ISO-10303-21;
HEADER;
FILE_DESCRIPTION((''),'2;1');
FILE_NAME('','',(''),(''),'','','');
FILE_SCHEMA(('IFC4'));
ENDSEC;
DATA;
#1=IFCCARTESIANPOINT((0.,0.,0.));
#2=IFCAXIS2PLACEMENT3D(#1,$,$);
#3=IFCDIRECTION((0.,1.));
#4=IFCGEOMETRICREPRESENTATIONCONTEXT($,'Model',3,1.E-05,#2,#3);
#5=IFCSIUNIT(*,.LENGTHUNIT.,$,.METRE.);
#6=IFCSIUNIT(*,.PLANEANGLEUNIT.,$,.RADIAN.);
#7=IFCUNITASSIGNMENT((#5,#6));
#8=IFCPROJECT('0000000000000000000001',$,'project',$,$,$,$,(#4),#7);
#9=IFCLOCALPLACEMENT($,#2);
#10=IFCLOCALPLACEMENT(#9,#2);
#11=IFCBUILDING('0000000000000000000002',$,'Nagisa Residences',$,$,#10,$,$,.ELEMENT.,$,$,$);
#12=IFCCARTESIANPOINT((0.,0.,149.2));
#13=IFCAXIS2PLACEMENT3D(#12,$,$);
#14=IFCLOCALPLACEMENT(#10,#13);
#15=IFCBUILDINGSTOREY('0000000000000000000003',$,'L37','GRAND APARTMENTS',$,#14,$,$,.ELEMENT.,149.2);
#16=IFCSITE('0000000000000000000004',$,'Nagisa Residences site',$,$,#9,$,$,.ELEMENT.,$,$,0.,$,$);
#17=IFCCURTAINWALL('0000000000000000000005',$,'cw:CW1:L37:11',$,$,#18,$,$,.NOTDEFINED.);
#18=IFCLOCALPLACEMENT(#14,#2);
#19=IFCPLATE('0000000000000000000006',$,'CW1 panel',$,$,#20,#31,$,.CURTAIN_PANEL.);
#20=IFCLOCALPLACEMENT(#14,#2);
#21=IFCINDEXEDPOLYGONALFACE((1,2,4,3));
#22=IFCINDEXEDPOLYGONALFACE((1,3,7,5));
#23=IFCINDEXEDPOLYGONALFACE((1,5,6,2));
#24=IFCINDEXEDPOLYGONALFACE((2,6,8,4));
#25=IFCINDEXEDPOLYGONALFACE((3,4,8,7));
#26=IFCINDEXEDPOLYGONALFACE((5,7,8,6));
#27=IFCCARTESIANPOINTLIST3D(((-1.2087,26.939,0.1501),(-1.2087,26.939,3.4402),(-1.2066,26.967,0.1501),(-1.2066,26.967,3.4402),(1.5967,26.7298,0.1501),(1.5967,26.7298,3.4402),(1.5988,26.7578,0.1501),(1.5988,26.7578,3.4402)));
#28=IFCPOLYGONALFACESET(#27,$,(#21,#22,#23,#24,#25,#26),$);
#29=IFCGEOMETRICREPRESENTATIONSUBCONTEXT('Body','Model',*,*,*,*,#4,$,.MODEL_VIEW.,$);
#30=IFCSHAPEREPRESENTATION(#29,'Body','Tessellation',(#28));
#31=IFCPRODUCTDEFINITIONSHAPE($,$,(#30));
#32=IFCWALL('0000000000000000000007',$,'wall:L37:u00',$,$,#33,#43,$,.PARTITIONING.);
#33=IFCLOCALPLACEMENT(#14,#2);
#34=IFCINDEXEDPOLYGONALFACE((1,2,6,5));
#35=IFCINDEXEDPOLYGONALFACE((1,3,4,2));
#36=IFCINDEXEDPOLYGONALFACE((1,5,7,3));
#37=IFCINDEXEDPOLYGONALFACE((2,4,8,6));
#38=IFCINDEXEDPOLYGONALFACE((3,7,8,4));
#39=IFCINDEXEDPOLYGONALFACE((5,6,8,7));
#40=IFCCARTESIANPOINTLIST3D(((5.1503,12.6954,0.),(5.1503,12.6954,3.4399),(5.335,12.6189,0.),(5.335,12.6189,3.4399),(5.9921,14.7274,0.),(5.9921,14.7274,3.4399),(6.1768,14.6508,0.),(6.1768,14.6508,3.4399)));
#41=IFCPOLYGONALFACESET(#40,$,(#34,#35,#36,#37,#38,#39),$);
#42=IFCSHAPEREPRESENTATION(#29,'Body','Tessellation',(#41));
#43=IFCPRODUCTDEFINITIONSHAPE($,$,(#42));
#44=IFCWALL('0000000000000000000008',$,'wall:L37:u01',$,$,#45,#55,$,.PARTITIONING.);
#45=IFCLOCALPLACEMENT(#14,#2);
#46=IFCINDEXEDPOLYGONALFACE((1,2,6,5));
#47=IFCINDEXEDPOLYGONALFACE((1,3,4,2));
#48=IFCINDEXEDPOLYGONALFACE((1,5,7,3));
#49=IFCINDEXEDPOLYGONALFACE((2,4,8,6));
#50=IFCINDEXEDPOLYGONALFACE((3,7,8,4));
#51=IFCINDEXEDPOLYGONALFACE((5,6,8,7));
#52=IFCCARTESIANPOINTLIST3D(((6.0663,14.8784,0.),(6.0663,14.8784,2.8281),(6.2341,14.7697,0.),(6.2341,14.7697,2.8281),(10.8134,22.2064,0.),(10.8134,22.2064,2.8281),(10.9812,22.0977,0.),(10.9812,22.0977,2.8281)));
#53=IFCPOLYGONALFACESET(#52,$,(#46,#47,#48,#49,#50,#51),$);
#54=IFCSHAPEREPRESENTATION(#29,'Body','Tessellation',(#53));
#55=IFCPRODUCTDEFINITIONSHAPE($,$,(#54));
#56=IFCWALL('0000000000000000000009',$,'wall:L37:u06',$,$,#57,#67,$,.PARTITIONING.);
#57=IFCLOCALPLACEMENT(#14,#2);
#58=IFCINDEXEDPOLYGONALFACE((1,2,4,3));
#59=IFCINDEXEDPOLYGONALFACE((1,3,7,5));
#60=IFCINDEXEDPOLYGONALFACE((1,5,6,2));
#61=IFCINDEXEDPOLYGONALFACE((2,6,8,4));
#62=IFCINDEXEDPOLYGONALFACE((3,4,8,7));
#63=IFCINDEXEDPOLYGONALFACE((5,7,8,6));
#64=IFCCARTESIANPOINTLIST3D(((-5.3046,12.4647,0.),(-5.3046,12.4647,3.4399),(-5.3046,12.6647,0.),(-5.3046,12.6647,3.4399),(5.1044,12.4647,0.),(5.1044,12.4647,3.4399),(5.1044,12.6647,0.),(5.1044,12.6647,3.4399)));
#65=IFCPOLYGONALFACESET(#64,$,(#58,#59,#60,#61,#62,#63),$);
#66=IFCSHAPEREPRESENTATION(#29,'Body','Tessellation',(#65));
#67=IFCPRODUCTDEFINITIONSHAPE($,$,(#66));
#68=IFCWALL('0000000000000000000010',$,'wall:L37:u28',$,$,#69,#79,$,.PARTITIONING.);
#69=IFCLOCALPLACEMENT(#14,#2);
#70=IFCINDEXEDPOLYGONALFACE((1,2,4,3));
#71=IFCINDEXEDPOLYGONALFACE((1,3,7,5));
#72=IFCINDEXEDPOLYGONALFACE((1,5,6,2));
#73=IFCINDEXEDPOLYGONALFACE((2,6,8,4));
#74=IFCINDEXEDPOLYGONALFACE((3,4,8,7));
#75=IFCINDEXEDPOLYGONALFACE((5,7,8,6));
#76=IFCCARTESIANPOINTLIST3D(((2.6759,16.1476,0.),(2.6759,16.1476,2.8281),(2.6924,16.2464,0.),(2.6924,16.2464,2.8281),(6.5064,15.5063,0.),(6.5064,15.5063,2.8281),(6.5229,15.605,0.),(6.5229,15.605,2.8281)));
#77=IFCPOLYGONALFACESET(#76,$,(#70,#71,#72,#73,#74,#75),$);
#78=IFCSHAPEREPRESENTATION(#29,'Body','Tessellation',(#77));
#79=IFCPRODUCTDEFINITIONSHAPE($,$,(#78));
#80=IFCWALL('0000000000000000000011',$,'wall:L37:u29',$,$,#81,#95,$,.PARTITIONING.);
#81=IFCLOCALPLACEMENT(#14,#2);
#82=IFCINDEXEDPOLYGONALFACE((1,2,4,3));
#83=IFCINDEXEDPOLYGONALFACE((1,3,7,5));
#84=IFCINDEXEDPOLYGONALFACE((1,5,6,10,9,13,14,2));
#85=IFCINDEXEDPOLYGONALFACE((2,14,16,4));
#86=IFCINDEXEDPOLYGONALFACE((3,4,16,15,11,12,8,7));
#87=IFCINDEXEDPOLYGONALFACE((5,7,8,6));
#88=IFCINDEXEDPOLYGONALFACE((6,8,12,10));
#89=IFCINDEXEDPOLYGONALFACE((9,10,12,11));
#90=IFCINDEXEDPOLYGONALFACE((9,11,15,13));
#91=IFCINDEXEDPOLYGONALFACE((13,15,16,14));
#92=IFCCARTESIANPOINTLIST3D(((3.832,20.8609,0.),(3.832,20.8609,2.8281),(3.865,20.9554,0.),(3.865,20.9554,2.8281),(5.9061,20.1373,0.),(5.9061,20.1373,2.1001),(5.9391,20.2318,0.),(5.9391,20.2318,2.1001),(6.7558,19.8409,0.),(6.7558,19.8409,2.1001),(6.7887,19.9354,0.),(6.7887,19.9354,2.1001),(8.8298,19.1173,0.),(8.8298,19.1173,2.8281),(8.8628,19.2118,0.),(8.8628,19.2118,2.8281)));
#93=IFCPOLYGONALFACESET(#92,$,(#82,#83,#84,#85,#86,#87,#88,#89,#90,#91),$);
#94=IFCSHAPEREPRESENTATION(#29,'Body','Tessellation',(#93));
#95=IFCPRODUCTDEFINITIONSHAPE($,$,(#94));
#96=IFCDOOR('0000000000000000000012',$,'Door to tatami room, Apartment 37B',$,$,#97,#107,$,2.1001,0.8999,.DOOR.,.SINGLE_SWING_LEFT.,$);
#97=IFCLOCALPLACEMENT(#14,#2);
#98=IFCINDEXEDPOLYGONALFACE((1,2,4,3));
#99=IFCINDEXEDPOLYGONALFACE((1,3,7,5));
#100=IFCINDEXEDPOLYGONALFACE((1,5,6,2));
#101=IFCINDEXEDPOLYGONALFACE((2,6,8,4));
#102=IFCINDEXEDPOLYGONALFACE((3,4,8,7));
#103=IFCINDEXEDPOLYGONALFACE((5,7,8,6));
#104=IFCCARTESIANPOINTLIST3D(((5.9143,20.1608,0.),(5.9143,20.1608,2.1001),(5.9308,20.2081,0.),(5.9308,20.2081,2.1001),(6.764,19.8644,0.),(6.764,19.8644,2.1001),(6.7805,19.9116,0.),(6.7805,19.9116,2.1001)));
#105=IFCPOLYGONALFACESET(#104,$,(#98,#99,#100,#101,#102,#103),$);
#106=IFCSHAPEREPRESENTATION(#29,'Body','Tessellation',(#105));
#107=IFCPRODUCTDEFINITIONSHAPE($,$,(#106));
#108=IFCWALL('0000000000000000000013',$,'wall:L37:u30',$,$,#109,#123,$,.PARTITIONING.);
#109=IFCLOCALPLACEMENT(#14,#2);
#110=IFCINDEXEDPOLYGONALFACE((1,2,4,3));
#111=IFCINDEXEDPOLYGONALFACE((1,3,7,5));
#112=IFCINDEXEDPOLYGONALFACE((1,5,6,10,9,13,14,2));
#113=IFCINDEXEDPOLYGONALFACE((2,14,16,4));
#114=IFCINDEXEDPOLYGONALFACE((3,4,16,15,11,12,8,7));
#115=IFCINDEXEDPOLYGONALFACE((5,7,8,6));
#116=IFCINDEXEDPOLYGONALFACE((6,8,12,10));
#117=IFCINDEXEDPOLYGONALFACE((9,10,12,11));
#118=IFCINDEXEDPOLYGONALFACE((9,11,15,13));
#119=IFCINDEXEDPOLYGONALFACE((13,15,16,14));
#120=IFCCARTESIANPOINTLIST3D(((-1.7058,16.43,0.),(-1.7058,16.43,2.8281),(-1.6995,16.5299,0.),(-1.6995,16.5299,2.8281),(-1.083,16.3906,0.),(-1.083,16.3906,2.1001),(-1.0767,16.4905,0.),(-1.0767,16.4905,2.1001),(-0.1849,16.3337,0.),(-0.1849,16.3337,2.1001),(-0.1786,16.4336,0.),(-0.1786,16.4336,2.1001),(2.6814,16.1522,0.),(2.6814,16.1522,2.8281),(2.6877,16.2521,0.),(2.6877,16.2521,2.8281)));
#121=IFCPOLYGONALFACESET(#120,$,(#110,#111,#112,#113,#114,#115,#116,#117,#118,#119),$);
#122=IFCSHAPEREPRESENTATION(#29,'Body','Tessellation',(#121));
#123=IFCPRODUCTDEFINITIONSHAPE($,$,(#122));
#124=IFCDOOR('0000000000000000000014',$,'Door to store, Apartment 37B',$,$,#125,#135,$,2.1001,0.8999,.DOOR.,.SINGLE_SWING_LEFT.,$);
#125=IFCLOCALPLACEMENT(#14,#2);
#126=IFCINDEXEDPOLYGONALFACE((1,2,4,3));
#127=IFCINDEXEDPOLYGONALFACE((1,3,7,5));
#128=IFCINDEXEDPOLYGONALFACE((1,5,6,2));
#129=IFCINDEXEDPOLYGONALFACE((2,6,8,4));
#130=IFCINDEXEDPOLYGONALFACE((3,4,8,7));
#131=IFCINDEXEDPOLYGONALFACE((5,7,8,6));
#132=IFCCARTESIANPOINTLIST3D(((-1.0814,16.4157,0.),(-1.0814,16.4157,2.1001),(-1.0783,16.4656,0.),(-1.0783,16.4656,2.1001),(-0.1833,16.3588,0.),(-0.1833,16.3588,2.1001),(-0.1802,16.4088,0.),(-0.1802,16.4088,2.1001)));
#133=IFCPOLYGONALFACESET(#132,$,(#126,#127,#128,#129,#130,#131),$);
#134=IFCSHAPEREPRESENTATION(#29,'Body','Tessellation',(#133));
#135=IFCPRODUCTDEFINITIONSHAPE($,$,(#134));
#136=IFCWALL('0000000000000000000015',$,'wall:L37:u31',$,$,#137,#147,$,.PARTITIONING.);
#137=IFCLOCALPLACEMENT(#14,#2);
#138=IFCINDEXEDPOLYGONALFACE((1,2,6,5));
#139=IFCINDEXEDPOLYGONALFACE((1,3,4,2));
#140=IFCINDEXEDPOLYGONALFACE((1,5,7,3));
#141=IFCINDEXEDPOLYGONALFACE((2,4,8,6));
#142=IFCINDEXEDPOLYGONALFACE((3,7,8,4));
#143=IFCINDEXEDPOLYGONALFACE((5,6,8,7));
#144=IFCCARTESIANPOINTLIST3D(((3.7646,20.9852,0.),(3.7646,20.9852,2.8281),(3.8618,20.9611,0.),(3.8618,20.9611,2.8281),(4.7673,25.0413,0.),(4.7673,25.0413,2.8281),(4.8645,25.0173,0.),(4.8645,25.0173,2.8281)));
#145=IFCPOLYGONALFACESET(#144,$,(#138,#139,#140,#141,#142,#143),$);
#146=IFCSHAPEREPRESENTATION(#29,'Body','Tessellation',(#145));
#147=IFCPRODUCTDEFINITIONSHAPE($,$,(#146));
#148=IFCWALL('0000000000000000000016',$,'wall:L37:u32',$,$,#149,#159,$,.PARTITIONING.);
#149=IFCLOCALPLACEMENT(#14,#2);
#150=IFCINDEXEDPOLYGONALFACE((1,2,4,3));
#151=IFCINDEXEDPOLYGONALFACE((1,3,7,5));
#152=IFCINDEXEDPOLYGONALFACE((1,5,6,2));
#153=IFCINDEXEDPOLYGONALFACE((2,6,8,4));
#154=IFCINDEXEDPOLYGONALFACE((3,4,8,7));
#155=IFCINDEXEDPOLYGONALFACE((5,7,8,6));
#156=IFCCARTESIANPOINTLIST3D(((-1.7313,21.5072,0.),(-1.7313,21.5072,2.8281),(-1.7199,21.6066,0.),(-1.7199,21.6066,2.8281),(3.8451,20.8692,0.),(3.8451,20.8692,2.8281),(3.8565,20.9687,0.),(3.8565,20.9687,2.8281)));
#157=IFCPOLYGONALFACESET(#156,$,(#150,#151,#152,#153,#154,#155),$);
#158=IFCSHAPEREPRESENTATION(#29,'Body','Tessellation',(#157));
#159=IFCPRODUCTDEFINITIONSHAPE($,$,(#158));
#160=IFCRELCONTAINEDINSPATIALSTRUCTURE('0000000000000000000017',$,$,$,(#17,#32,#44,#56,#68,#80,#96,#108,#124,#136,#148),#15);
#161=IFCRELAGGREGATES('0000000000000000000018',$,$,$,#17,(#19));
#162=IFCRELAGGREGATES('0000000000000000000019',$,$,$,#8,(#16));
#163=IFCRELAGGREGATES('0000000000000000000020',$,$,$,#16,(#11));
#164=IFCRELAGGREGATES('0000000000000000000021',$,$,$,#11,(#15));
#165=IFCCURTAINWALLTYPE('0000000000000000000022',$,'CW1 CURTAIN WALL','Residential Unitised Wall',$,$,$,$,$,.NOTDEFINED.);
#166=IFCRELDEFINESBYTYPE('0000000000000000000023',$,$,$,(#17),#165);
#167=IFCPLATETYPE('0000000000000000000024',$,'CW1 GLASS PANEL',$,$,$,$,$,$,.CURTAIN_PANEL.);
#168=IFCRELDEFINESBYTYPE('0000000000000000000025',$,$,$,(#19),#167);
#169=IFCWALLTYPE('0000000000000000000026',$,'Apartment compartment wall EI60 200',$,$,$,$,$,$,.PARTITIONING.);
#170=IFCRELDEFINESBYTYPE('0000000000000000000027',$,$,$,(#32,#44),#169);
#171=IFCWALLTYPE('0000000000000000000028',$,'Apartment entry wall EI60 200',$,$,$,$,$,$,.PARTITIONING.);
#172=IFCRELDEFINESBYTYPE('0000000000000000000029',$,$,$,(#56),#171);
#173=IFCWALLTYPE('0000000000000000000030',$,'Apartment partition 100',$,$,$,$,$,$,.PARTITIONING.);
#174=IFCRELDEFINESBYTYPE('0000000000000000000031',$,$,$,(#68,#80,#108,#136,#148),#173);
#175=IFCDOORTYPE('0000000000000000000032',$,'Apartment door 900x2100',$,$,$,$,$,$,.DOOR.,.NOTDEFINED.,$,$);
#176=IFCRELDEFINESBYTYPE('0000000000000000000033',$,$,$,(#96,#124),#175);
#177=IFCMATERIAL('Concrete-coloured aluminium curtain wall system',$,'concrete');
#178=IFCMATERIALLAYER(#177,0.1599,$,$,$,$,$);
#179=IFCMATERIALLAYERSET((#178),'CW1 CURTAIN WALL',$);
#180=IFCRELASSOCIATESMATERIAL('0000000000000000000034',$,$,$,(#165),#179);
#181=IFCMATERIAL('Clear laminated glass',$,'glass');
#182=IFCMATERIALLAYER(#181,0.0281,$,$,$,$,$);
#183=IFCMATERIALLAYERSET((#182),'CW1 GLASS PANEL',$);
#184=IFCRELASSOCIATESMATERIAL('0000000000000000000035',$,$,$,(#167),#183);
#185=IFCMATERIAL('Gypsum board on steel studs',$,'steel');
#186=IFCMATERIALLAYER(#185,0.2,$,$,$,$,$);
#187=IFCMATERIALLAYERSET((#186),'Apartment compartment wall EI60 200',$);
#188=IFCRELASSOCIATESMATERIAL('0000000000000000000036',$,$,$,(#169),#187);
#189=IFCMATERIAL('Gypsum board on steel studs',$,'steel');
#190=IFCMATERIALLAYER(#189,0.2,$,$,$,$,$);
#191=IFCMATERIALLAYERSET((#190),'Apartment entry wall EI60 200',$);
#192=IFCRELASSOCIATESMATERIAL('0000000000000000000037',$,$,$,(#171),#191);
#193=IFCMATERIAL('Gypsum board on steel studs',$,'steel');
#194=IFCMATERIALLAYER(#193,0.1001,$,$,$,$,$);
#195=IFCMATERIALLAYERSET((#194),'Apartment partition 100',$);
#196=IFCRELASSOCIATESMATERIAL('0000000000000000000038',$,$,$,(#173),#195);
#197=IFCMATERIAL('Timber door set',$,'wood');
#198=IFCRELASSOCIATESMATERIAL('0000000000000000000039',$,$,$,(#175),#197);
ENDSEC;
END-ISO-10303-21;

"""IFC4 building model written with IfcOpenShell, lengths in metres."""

from ifc_helpers import new_model, si_unit, direction, frame, frame_2d, origin, origin_2d, place, context, subcontext, project, spatial, rectangle, extrude, material, layer, layer_set, type_object, element, fill, aggregate, save


model = new_model("IFC4")

# Units and contexts
model_context = context("Model", 3, precision=1e-05, world=origin(), true_north=direction((0.0, 1.0)))
body_context = subcontext(model_context, "Body", "Model", "MODEL_VIEW")
ifc_project = project(units=[si_unit("LENGTHUNIT", "METRE"), si_unit("PLANEANGLEUNIT", "RADIAN")], contexts=[model_context])

# Site, building, storey
site_placement = place(None, origin())
site = spatial("IfcSite", under=ifc_project, at=site_placement, Name="Nagisa Residences site", CompositionType="ELEMENT", RefElevation=0.0)
building_placement = place(site_placement, origin())
building = spatial("IfcBuilding", under=site, at=building_placement, Name="Nagisa Residences", CompositionType="ELEMENT")
storey_placement = place(building_placement, frame((0.0, 0.0, 149.2)))
storey = spatial("IfcBuildingStorey", under=building, at=storey_placement, Name="L37", Description="GRAND APARTMENTS", CompositionType="ELEMENT", Elevation=149.2)

# Curtain wall
ifc_material_1 = material(Name="Concrete-coloured aluminium curtain wall system", Category="concrete")
ifc_layer_1 = layer(ifc_material_1, 0.1599)
ifc_layer_set_1 = layer_set([ifc_layer_1], Name="CW1 CURTAIN WALL")
curtain_wall_type = type_object("IfcCurtainWallType", Name="CW1 CURTAIN WALL", Description="Residential Unitised Wall", PredefinedType="NOTDEFINED", material=ifc_layer_set_1)
curtain_wall_1_placement = place(storey_placement, origin())
curtain_wall_1 = element("IfcCurtainWall", 1, at=curtain_wall_1_placement, inside=storey, type_object=curtain_wall_type, Name="cw:CW1:L37:11", PredefinedType="NOTDEFINED")

# Plate
ifc_material_2 = material(Name="Clear laminated glass", Category="glass")
ifc_layer_2 = layer(ifc_material_2, 0.0281)
ifc_layer_set_2 = layer_set([ifc_layer_2], Name="CW1 GLASS PANEL")
plate_type = type_object("IfcPlateType", Name="CW1 GLASS PANEL", PredefinedType="CURTAIN_PANEL", material=ifc_layer_set_2)
plate_1_placement = place(storey_placement, frame((0.1951, 26.8484, 0.1501), z_axis=(0.0, 0.0, 1.0), x_axis=(-0.99723, 0.074377, 0.0)))
plate_1 = element("IfcPlate", 2, at=plate_1_placement, type_object=plate_type, Name="CW1 panel", PredefinedType="CURTAIN_PANEL", context=body_context, shape_type="SweptSolid", body=[
    extrude(rectangle(XDim=2.8132, YDim=0.0281, at=origin_2d()), origin(), (0.0, 0.0, 1.0), 3.29),
])
aggregate(curtain_wall_1, [plate_1])

# Walls
ifc_material_3 = material(Name="Gypsum board on steel studs", Category="steel")
ifc_layer_3 = layer(ifc_material_3, 0.2)
ifc_layer_set_3 = layer_set([ifc_layer_3], Name="Apartment compartment wall EI60 200")
wall_type_1 = type_object("IfcWallType", Name="Apartment compartment wall EI60 200", PredefinedType="PARTITIONING", material=ifc_layer_set_3)
wall_1_placement = place(storey_placement, frame((5.2427, 12.6572, 0.0), z_axis=(0.0, 0.0, 1.0), x_axis=(0.382731, 0.92386, 0.0)))
element("IfcWall", 3, at=wall_1_placement, inside=storey, type_object=wall_type_1, Name="wall:L37:u00", PredefinedType="PARTITIONING", context=body_context, shape_type="SweptSolid", body=[
    extrude(rectangle(XDim=2.1995, YDim=0.2, at=frame_2d((1.0996, 0.0))), origin(), (0.0, 0.0, 1.0), 3.4399),
])
wall_2_placement = place(storey_placement, frame((6.1501, 14.824, 0.0), z_axis=(0.0, 0.0, 1.0), x_axis=(0.543695, 0.839283, 0.0)))
element("IfcWall", 4, at=wall_2_placement, inside=storey, type_object=wall_type_1, Name="wall:L37:u01", PredefinedType="PARTITIONING", context=body_context, shape_type="SweptSolid", body=[
    extrude(rectangle(XDim=8.7312, YDim=0.2, at=frame_2d((4.3657, 0.0))), origin(), (0.0, 0.0, 1.0), 2.8281),
])
ifc_material_4 = material(Name="Gypsum board on steel studs", Category="steel")
ifc_layer_4 = layer(ifc_material_4, 0.2)
ifc_layer_set_4 = layer_set([ifc_layer_4], Name="Apartment entry wall EI60 200")
wall_type_2 = type_object("IfcWallType", Name="Apartment entry wall EI60 200", PredefinedType="PARTITIONING", material=ifc_layer_set_4)
wall_3_placement = place(storey_placement, frame((5.1045, 12.5647, 0.0), z_axis=(0.0, 0.0, 1.0), x_axis=(-1.0, 0.0, 0.0)))
element("IfcWall", 5, at=wall_3_placement, inside=storey, type_object=wall_type_2, Name="wall:L37:u06", PredefinedType="PARTITIONING", context=body_context, shape_type="SweptSolid", body=[
    extrude(rectangle(XDim=10.4089, YDim=0.2, at=frame_2d((5.2046, 0.0))), origin(), (0.0, 0.0, 1.0), 3.4399),
])
ifc_material_5 = material(Name="Gypsum board on steel studs", Category="steel")
ifc_layer_5 = layer(ifc_material_5, 0.1001)
ifc_layer_set_5 = layer_set([ifc_layer_5], Name="Apartment partition 100")
wall_type_3 = type_object("IfcWallType", Name="Apartment partition 100", PredefinedType="PARTITIONING", material=ifc_layer_set_5)
wall_4_placement = place(storey_placement, frame((6.5146, 15.5557, 0.0), z_axis=(0.0, 0.0, 1.0), x_axis=(-0.986271, 0.165133, 0.0)))
element("IfcWall", 6, at=wall_4_placement, inside=storey, type_object=wall_type_3, Name="wall:L37:u28", PredefinedType="PARTITIONING", context=body_context, shape_type="SweptSolid", body=[
    extrude(rectangle(XDim=3.8838, YDim=0.1001, at=frame_2d((1.9419, 0.0))), origin(), (0.0, 0.0, 1.0), 2.8281),
])

# Walls, openings, doors
wall_5_placement = place(storey_placement, frame((8.8462, 19.1646, 0.0), z_axis=(0.0, 0.0, 1.0), x_axis=(-0.944187, 0.329411, 0.0)))
wall_5 = element("IfcWall", 7, at=wall_5_placement, inside=storey, type_object=wall_type_3, Name="wall:L37:u29", PredefinedType="PARTITIONING", context=body_context, shape_type="SweptSolid", body=[
    extrude(rectangle(XDim=5.2932, YDim=0.1001, at=frame_2d((2.6465, 0.0))), origin(), (0.0, 0.0, 1.0), 2.8281),
])
opening_1_placement = place(wall_5_placement, frame((2.1965, 0.0, 0.0)))
opening_1 = element("IfcOpeningElement", 8, at=opening_1_placement, cuts=wall_5, PredefinedType="OPENING", context=body_context, shape_type="SweptSolid", body=[
    extrude(rectangle(XDim=0.8999, YDim=2.1001, at=frame_2d((0.45, 1.05))), frame((0.0, 0.0601, 0.0), z_axis=(0.0, -1.0, 0.0), x_axis=(1.0, 0.0, 0.0)), (0.0, 0.0, 1.0), 0.1201),
])
ifc_material_6 = material(Name="Timber door set", Category="wood")
door_type_1 = type_object("IfcDoorType", Name="Apartment door 900x2100", OperationType="NOTDEFINED", PredefinedType="DOOR", material=ifc_material_6)
door_1_placement = place(opening_1_placement, frame((0.8999, 0.0, 0.0), x_axis=(-1.0, 0.0, 0.0)))
door_1 = element("IfcDoor", 9, at=door_1_placement, inside=storey, type_object=door_type_1, Name="Door to tatami room, Apartment 37B", OperationType="SINGLE_SWING_LEFT", OverallHeight=2.1001, OverallWidth=0.8999, PredefinedType="DOOR", context=body_context, shape_type="SweptSolid", body=[
    extrude(rectangle(XDim=0.8999, YDim=2.1001, at=frame_2d((0.45, 1.05))), frame((0.0, 0.0249, 0.0), z_axis=(0.0, -1.0, 0.0), x_axis=(1.0, 0.0, 0.0)), (0.0, 0.0, 1.0), 0.05),
])
fill(opening_1, door_1)
wall_6_placement = place(storey_placement, frame((2.6846, 16.2021, 0.0), z_axis=(0.0, 0.0, 1.0), x_axis=(-0.998001, 0.063201, 0.0)))
wall_6 = element("IfcWall", 10, at=wall_6_placement, inside=storey, type_object=wall_type_3, Name="wall:L37:u30", PredefinedType="PARTITIONING", context=body_context, shape_type="SweptSolid", body=[
    extrude(rectangle(XDim=4.396, YDim=0.1001, at=frame_2d((2.198, 0.0))), origin(), (0.0, 0.0, 1.0), 2.8281),
])
opening_2_placement = place(wall_6_placement, frame((2.8721, 0.0, 0.0)))
opening_2 = element("IfcOpeningElement", 11, at=opening_2_placement, cuts=wall_6, PredefinedType="OPENING", context=body_context, shape_type="SweptSolid", body=[
    extrude(rectangle(XDim=0.8999, YDim=2.1001, at=frame_2d((0.45, 1.05))), frame((0.0, 0.0601, 0.0), z_axis=(0.0, -1.0, 0.0), x_axis=(1.0, 0.0, 0.0)), (0.0, 0.0, 1.0), 0.1201),
])
door_2_placement = place(opening_2_placement, origin())
door_2 = element("IfcDoor", 12, at=door_2_placement, inside=storey, type_object=door_type_1, Name="Door to store, Apartment 37B", OperationType="SINGLE_SWING_LEFT", OverallHeight=2.1001, OverallWidth=0.8999, PredefinedType="DOOR", context=body_context, shape_type="SweptSolid", body=[
    extrude(rectangle(XDim=0.8999, YDim=2.1001, at=frame_2d((0.45, 1.05))), frame((0.0, 0.0249, 0.0), z_axis=(0.0, -1.0, 0.0), x_axis=(1.0, 0.0, 0.0)), (0.0, 0.0, 1.0), 0.05),
])
fill(opening_2, door_2)

# Walls
wall_7_placement = place(storey_placement, frame((3.8132, 20.9731, 0.0), z_axis=(0.0, 0.0, 1.0), x_axis=(0.239978, 0.970778, 0.0)))
element("IfcWall", 13, at=wall_7_placement, inside=storey, type_object=wall_type_3, Name="wall:L37:u31", PredefinedType="PARTITIONING", context=body_context, shape_type="SweptSolid", body=[
    extrude(rectangle(XDim=4.1782, YDim=0.1001, at=frame_2d((2.0891, 0.0))), origin(), (0.0, 0.0, 1.0), 2.8281),
])
wall_8_placement = place(storey_placement, frame((3.8508, 20.9189, 0.0), z_axis=(0.0, 0.0, 1.0), x_axis=(-0.99352, 0.113658, 0.0)))
element("IfcWall", 14, at=wall_8_placement, inside=storey, type_object=wall_type_3, Name="wall:L37:u32", PredefinedType="PARTITIONING", context=body_context, shape_type="SweptSolid", body=[
    extrude(rectangle(XDim=5.6128, YDim=0.1001, at=frame_2d((2.8064, 0.0))), origin(), (0.0, 0.0, 1.0), 2.8281),
])

save(model, "model.ifc")
